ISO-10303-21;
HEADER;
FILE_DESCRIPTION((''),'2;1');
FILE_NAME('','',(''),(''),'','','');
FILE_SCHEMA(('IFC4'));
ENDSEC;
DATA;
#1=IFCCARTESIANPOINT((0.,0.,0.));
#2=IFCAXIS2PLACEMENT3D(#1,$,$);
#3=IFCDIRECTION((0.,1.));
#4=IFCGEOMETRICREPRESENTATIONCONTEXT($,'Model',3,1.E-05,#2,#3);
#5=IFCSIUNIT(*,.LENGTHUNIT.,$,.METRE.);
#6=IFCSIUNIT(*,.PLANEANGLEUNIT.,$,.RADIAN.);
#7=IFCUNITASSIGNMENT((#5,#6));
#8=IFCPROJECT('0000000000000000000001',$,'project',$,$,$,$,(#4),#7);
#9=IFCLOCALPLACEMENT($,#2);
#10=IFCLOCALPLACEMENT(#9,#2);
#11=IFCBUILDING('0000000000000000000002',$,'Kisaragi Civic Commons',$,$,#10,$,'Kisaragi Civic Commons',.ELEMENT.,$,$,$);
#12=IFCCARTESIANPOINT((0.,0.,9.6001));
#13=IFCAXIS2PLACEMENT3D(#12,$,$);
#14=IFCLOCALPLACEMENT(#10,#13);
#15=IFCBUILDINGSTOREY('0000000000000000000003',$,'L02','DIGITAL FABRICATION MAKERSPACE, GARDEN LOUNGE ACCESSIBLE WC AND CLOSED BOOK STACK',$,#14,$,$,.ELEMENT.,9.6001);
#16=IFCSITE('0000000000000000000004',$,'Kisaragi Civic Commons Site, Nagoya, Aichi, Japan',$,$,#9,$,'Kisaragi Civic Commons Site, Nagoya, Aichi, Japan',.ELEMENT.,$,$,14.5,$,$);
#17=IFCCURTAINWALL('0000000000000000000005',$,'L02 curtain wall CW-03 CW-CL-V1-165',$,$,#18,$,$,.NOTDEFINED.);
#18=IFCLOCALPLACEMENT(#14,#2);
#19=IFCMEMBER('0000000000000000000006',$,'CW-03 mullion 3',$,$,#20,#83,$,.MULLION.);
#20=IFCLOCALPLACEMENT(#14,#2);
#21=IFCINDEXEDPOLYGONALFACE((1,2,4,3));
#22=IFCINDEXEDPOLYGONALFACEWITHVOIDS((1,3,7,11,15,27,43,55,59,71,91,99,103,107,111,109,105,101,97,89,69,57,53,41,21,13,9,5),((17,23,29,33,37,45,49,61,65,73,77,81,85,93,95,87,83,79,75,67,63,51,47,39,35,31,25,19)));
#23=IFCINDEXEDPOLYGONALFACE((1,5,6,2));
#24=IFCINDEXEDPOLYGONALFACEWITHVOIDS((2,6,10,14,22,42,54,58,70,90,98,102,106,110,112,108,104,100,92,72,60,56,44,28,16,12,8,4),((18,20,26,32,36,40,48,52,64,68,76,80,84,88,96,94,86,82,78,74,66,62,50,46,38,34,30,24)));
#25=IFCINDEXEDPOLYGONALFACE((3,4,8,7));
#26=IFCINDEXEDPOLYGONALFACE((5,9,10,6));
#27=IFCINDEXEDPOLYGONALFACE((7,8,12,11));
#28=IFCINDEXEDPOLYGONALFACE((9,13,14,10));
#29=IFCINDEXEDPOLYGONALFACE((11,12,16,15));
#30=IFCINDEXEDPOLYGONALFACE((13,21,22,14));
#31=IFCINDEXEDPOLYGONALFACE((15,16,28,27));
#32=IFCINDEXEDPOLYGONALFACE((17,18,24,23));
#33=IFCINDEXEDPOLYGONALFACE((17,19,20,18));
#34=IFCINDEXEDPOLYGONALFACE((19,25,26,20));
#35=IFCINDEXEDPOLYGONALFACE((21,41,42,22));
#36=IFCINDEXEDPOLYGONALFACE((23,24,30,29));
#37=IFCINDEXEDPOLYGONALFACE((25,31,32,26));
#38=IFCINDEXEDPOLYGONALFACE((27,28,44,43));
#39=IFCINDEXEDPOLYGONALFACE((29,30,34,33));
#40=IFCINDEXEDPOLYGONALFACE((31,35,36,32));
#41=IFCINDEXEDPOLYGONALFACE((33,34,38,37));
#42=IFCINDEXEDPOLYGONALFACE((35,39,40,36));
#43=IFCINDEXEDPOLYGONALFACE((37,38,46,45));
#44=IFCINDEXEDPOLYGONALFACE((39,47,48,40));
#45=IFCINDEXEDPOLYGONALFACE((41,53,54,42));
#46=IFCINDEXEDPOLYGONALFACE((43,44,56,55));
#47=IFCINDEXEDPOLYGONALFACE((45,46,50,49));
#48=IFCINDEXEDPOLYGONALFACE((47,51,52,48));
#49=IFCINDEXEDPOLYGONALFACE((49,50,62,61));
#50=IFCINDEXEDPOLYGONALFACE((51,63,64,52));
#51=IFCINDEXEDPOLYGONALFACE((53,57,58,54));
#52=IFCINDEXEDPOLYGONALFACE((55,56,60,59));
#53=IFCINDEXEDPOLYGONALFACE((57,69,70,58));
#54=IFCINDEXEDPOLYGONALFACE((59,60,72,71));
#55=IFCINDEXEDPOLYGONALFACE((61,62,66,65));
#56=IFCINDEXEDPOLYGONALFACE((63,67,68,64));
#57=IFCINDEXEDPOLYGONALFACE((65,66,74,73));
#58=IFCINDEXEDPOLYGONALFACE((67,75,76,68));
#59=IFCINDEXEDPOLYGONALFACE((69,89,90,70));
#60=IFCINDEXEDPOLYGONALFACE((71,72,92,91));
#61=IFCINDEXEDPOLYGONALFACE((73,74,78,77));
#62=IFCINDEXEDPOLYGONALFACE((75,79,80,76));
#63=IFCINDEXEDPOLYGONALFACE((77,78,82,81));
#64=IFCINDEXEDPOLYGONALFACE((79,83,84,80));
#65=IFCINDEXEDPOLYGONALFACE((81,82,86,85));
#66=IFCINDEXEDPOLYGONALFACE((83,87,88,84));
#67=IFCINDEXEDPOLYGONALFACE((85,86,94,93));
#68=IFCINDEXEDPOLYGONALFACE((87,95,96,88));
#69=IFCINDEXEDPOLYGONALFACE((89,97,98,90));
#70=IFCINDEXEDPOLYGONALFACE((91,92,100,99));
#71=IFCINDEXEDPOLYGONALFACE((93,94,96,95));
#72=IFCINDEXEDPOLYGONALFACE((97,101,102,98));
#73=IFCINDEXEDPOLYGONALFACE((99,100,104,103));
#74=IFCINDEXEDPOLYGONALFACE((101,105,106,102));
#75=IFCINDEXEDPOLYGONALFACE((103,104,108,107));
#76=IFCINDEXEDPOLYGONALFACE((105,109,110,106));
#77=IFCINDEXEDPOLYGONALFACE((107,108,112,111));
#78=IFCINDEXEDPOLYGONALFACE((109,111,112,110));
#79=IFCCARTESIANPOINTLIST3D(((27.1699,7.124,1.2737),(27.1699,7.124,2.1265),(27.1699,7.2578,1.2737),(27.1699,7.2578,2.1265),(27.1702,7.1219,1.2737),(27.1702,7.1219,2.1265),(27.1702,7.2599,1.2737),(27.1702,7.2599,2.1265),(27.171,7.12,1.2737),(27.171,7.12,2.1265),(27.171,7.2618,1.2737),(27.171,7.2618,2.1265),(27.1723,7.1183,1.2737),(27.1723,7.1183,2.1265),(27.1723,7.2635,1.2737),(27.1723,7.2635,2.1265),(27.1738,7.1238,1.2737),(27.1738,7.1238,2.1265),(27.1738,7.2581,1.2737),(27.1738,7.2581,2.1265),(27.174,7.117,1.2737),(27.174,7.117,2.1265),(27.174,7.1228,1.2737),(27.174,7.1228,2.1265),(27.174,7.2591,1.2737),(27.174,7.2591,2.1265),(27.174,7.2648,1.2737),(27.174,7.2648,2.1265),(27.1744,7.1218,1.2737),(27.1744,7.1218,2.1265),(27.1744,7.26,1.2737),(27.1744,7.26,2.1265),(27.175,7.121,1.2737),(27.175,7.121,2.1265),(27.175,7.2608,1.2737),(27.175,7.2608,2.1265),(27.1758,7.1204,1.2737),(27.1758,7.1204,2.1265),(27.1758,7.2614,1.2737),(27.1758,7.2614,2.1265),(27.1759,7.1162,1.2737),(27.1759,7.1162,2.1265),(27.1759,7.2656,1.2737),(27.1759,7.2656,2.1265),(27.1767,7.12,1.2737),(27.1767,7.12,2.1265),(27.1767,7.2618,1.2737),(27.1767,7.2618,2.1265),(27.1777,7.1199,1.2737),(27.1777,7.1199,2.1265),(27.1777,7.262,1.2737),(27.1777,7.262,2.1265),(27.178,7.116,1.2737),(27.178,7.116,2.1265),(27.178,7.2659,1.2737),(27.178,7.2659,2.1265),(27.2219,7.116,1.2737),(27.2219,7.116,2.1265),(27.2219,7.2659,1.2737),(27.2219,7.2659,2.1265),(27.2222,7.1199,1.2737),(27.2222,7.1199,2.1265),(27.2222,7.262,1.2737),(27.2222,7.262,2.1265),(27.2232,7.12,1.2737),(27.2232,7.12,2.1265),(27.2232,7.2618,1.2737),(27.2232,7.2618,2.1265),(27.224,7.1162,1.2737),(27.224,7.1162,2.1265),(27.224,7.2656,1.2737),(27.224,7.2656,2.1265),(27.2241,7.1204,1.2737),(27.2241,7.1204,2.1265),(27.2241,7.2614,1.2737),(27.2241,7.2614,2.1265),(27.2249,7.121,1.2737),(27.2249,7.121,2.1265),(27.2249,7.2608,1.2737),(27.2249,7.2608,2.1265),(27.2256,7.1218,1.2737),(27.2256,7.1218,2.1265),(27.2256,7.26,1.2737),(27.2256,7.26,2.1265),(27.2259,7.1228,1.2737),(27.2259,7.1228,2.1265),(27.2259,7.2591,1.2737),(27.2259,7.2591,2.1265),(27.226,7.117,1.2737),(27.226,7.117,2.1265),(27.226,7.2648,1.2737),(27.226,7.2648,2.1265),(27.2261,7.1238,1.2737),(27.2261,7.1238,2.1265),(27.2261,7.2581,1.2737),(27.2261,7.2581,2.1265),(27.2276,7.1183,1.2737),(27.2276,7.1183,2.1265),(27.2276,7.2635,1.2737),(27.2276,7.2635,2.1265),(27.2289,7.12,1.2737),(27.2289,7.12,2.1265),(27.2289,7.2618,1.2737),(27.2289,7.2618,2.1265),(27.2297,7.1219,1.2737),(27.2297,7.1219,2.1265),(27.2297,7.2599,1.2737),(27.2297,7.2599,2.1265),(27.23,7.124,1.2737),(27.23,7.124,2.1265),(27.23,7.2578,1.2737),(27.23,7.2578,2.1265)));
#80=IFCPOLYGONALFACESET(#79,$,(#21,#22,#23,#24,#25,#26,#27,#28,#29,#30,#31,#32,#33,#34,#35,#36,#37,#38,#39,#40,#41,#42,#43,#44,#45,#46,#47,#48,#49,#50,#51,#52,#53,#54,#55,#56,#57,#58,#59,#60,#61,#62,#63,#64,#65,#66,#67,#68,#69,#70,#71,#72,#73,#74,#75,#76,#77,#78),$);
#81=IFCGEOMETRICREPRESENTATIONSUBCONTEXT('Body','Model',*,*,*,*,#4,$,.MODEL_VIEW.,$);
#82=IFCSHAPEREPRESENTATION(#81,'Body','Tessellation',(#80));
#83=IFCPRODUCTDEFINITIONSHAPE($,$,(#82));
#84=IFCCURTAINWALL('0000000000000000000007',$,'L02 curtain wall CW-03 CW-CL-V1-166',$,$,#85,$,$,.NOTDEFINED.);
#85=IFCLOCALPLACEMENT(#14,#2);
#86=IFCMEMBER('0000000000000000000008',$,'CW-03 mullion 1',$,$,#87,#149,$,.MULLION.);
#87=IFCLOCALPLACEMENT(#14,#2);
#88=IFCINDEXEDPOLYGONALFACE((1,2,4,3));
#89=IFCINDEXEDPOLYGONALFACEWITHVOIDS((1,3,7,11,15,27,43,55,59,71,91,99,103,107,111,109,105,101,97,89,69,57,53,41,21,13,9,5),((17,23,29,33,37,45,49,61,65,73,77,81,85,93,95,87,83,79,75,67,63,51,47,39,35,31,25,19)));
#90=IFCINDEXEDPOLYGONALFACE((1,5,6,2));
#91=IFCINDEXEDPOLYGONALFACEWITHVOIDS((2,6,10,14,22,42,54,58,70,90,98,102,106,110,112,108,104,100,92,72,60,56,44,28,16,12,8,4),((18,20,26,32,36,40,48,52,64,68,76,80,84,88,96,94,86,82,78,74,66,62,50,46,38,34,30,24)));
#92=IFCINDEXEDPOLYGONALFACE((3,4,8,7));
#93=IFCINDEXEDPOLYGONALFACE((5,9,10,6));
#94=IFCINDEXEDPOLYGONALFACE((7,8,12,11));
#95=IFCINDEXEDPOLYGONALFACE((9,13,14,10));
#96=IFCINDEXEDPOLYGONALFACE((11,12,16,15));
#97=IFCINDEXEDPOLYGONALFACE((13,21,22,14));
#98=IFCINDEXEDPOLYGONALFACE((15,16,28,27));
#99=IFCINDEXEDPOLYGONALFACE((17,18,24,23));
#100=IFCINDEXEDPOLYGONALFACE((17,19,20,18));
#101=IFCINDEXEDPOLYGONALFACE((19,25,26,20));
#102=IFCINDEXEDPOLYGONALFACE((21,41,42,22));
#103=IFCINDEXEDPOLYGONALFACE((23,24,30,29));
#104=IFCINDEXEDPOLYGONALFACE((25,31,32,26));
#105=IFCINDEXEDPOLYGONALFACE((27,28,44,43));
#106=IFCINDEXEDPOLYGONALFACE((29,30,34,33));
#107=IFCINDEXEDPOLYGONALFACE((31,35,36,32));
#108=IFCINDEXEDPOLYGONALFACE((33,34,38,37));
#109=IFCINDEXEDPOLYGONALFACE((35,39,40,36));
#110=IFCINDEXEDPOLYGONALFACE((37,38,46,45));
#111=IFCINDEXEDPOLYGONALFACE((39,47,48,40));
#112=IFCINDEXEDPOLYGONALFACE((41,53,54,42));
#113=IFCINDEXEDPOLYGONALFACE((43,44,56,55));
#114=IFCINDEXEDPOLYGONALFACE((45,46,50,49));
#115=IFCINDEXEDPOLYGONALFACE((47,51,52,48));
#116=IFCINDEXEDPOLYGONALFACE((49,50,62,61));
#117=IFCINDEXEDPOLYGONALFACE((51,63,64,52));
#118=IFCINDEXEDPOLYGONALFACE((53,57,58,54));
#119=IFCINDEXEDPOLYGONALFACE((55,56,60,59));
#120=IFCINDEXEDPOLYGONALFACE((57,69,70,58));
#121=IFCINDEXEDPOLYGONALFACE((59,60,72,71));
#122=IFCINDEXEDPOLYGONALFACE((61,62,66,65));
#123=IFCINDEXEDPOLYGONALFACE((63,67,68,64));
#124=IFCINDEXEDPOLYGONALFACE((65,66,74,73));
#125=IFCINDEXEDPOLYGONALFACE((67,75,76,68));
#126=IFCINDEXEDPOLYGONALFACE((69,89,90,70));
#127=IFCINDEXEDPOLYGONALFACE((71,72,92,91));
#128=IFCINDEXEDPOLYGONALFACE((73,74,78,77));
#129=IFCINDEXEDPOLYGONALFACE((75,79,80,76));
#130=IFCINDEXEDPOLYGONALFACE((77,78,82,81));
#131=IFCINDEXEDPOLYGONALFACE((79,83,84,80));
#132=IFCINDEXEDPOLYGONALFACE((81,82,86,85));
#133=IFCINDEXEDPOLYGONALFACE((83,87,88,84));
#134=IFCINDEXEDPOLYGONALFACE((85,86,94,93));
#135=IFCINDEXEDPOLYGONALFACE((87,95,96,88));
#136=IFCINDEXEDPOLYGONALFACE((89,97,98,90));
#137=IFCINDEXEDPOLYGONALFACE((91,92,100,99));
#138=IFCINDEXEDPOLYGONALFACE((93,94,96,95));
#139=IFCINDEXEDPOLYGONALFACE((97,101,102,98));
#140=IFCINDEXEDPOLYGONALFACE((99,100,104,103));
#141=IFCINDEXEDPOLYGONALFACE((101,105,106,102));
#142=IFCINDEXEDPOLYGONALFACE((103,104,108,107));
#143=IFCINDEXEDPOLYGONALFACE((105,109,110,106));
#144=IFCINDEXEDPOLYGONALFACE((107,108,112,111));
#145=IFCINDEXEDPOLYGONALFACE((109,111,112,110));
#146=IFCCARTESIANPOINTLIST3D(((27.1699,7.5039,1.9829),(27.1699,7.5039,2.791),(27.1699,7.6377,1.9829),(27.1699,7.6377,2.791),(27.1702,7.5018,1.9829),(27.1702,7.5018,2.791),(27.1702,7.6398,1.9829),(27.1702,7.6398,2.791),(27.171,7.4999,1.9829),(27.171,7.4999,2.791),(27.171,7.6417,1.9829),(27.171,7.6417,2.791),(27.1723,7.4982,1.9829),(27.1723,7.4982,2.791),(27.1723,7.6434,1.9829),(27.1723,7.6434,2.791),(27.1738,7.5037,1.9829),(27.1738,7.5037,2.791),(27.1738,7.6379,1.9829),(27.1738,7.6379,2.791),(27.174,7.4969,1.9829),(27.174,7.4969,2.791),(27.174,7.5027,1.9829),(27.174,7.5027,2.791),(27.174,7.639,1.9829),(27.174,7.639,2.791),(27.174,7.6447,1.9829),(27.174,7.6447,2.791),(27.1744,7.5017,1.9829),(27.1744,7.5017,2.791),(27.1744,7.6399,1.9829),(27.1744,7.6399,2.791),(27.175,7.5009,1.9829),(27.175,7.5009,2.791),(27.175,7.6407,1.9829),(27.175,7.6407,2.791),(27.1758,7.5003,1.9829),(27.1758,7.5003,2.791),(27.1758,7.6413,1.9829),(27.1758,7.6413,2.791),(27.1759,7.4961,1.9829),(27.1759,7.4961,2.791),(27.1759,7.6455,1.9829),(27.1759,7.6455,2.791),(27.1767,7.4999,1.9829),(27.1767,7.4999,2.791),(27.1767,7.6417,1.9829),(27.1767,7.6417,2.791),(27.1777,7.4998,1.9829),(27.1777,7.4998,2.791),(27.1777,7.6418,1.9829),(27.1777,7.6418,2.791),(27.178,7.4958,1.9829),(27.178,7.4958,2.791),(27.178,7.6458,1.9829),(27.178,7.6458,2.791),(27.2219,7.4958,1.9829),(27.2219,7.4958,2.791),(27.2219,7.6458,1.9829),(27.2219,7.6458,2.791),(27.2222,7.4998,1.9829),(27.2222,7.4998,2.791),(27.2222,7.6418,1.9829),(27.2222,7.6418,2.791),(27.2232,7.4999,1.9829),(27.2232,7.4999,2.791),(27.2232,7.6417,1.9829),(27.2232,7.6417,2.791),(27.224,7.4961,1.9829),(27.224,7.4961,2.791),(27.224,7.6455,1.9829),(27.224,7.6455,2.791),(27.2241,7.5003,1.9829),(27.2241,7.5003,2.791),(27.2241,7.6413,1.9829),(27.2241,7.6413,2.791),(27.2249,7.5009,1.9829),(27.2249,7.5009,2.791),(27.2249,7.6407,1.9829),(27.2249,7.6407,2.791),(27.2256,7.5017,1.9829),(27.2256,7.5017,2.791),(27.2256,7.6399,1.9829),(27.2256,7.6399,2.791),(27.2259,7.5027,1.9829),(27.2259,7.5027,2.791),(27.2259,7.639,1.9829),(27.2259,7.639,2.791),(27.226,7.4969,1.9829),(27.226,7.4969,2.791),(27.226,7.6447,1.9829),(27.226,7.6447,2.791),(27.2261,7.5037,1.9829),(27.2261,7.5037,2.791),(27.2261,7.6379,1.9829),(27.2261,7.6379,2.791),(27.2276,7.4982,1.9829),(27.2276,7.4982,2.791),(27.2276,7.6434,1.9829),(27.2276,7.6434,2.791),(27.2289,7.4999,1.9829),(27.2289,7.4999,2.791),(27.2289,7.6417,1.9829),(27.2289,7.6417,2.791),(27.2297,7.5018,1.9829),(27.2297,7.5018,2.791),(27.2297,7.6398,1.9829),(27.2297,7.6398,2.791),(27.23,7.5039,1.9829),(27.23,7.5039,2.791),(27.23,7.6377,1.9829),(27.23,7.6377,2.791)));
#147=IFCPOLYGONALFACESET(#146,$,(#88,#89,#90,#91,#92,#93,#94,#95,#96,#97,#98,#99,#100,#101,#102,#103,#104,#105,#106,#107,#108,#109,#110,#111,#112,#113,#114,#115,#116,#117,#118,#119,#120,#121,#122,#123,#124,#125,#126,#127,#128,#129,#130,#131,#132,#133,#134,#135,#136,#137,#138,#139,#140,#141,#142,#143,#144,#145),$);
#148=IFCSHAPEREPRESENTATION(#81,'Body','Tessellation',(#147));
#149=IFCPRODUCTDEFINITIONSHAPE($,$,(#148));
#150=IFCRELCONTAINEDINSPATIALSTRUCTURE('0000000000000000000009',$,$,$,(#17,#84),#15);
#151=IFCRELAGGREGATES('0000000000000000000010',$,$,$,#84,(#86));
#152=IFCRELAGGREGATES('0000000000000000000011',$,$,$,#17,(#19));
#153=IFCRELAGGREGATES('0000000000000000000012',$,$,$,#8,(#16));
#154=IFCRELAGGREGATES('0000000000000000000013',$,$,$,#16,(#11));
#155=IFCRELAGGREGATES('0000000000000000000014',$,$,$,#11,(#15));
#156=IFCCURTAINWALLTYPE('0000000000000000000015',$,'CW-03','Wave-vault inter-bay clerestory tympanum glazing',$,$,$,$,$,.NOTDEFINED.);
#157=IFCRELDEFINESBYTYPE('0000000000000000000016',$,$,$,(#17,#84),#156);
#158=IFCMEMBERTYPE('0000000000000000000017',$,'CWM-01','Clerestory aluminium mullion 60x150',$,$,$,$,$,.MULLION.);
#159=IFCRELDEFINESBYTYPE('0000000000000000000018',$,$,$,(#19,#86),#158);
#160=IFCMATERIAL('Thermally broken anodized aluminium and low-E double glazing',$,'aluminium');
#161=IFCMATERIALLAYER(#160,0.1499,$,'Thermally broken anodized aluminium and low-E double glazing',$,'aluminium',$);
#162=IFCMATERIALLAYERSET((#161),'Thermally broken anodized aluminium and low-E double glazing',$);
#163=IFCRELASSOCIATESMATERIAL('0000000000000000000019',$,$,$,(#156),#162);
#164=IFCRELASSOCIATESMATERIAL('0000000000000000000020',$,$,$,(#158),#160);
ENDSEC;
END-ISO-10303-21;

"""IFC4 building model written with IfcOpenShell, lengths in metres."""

from ifc_helpers import new_model, si_unit, direction, frame, origin, origin_2d, place, context, subcontext, project, spatial, hollow_rectangle, extrude, material, layer, layer_set, material_profile, profile_set, type_object, element, aggregate, save


model = new_model("IFC4")

# Units and contexts
model_context = context("Model", 3, precision=1e-05, world=origin(), true_north=direction((0.0, 1.0)))
body_context = subcontext(model_context, "Body", "Model", "MODEL_VIEW")
ifc_project = project(units=[si_unit("LENGTHUNIT", "METRE"), si_unit("PLANEANGLEUNIT", "RADIAN")], contexts=[model_context])

# Site, building, storey
site_placement = place(None, origin())
site = spatial("IfcSite", under=ifc_project, at=site_placement, Name="Kisaragi Civic Commons Site, Nagoya, Aichi, Japan", LongName="Kisaragi Civic Commons Site, Nagoya, Aichi, Japan", CompositionType="ELEMENT", RefElevation=14.5)
building_placement = place(site_placement, origin())
building = spatial("IfcBuilding", under=site, at=building_placement, Name="Kisaragi Civic Commons", LongName="Kisaragi Civic Commons", CompositionType="ELEMENT")
storey_placement = place(building_placement, frame((0.0, 0.0, 9.6001)))
storey = spatial("IfcBuildingStorey", under=building, at=storey_placement, Name="L02", Description="DIGITAL FABRICATION MAKERSPACE, GARDEN LOUNGE ACCESSIBLE WC AND CLOSED BOOK STACK", CompositionType="ELEMENT", Elevation=9.6001)

# Curtain wall, member
ifc_material_1 = material(Name="Thermally broken anodized aluminium and low-E double glazing", Category="aluminium")
ifc_layer_1 = layer(ifc_material_1, 0.1499, Name="Thermally broken anodized aluminium and low-E double glazing", Category="aluminium")
ifc_layer_set_1 = layer_set([ifc_layer_1], Name="Thermally broken anodized aluminium and low-E double glazing")
curtain_wall_type = type_object("IfcCurtainWallType", Name="CW-03", Description="Wave-vault inter-bay clerestory tympanum glazing", PredefinedType="NOTDEFINED", material=ifc_layer_set_1)
curtain_wall_1_placement = place(storey_placement, origin())
curtain_wall_1 = element("IfcCurtainWall", 1, at=curtain_wall_1_placement, inside=storey, type_object=curtain_wall_type, Name="L02 curtain wall CW-03 CW-CL-V1-165", PredefinedType="NOTDEFINED")
ifc_material_profile_1 = material_profile(ifc_material_1, hollow_rectangle(XDim=0.0601, YDim=0.1499, WallThickness=0.0039, InnerFilletRadius=0.0039, OuterFilletRadius=0.0081, at=origin_2d()), Name="CWM-60x150x4", Category="aluminium")
ifc_profile_set_1 = profile_set([ifc_material_profile_1], Name="Thermally broken anodized aluminium and low-E double glazing")
member_type_1 = type_object("IfcMemberType", Name="CWM-01", Description="Clerestory aluminium mullion 60x150", PredefinedType="MULLION", material=ifc_profile_set_1)
member_1_placement = place(storey_placement, frame((27.2, 7.1909, 1.2737), z_axis=(0.0, 0.0, 1.0), x_axis=(-1.0, 0.0, 0.0)))
member_1 = element("IfcMember", 2, at=member_1_placement, type_object=member_type_1, Name="CW-03 mullion 3", PredefinedType="MULLION", context=body_context, shape_type="SweptSolid", body=[
    extrude(hollow_rectangle(XDim=0.0601, YDim=0.1499, WallThickness=0.0039, InnerFilletRadius=0.0039, OuterFilletRadius=0.0081, at=origin_2d()), origin(), (0.0, 0.0, 1.0), 0.8528),
])

# Curtain wall, member
curtain_wall_2_placement = place(storey_placement, origin())
curtain_wall_2 = element("IfcCurtainWall", 3, at=curtain_wall_2_placement, inside=storey, type_object=curtain_wall_type, Name="L02 curtain wall CW-03 CW-CL-V1-166", PredefinedType="NOTDEFINED")
member_2_placement = place(storey_placement, frame((27.2, 7.5708, 1.9829), z_axis=(0.0, 0.0, 1.0), x_axis=(-1.0, 0.0, 0.0)))
member_2 = element("IfcMember", 4, at=member_2_placement, type_object=member_type_1, Name="CW-03 mullion 1", PredefinedType="MULLION", context=body_context, shape_type="SweptSolid", body=[
    extrude(hollow_rectangle(XDim=0.0601, YDim=0.1499, WallThickness=0.0039, InnerFilletRadius=0.0039, OuterFilletRadius=0.0081, at=origin_2d()), origin(), (0.0, 0.0, 1.0), 0.8081),
])

aggregate(curtain_wall_2, [member_2])
aggregate(curtain_wall_1, [member_1])

save(model, "model.ifc")
